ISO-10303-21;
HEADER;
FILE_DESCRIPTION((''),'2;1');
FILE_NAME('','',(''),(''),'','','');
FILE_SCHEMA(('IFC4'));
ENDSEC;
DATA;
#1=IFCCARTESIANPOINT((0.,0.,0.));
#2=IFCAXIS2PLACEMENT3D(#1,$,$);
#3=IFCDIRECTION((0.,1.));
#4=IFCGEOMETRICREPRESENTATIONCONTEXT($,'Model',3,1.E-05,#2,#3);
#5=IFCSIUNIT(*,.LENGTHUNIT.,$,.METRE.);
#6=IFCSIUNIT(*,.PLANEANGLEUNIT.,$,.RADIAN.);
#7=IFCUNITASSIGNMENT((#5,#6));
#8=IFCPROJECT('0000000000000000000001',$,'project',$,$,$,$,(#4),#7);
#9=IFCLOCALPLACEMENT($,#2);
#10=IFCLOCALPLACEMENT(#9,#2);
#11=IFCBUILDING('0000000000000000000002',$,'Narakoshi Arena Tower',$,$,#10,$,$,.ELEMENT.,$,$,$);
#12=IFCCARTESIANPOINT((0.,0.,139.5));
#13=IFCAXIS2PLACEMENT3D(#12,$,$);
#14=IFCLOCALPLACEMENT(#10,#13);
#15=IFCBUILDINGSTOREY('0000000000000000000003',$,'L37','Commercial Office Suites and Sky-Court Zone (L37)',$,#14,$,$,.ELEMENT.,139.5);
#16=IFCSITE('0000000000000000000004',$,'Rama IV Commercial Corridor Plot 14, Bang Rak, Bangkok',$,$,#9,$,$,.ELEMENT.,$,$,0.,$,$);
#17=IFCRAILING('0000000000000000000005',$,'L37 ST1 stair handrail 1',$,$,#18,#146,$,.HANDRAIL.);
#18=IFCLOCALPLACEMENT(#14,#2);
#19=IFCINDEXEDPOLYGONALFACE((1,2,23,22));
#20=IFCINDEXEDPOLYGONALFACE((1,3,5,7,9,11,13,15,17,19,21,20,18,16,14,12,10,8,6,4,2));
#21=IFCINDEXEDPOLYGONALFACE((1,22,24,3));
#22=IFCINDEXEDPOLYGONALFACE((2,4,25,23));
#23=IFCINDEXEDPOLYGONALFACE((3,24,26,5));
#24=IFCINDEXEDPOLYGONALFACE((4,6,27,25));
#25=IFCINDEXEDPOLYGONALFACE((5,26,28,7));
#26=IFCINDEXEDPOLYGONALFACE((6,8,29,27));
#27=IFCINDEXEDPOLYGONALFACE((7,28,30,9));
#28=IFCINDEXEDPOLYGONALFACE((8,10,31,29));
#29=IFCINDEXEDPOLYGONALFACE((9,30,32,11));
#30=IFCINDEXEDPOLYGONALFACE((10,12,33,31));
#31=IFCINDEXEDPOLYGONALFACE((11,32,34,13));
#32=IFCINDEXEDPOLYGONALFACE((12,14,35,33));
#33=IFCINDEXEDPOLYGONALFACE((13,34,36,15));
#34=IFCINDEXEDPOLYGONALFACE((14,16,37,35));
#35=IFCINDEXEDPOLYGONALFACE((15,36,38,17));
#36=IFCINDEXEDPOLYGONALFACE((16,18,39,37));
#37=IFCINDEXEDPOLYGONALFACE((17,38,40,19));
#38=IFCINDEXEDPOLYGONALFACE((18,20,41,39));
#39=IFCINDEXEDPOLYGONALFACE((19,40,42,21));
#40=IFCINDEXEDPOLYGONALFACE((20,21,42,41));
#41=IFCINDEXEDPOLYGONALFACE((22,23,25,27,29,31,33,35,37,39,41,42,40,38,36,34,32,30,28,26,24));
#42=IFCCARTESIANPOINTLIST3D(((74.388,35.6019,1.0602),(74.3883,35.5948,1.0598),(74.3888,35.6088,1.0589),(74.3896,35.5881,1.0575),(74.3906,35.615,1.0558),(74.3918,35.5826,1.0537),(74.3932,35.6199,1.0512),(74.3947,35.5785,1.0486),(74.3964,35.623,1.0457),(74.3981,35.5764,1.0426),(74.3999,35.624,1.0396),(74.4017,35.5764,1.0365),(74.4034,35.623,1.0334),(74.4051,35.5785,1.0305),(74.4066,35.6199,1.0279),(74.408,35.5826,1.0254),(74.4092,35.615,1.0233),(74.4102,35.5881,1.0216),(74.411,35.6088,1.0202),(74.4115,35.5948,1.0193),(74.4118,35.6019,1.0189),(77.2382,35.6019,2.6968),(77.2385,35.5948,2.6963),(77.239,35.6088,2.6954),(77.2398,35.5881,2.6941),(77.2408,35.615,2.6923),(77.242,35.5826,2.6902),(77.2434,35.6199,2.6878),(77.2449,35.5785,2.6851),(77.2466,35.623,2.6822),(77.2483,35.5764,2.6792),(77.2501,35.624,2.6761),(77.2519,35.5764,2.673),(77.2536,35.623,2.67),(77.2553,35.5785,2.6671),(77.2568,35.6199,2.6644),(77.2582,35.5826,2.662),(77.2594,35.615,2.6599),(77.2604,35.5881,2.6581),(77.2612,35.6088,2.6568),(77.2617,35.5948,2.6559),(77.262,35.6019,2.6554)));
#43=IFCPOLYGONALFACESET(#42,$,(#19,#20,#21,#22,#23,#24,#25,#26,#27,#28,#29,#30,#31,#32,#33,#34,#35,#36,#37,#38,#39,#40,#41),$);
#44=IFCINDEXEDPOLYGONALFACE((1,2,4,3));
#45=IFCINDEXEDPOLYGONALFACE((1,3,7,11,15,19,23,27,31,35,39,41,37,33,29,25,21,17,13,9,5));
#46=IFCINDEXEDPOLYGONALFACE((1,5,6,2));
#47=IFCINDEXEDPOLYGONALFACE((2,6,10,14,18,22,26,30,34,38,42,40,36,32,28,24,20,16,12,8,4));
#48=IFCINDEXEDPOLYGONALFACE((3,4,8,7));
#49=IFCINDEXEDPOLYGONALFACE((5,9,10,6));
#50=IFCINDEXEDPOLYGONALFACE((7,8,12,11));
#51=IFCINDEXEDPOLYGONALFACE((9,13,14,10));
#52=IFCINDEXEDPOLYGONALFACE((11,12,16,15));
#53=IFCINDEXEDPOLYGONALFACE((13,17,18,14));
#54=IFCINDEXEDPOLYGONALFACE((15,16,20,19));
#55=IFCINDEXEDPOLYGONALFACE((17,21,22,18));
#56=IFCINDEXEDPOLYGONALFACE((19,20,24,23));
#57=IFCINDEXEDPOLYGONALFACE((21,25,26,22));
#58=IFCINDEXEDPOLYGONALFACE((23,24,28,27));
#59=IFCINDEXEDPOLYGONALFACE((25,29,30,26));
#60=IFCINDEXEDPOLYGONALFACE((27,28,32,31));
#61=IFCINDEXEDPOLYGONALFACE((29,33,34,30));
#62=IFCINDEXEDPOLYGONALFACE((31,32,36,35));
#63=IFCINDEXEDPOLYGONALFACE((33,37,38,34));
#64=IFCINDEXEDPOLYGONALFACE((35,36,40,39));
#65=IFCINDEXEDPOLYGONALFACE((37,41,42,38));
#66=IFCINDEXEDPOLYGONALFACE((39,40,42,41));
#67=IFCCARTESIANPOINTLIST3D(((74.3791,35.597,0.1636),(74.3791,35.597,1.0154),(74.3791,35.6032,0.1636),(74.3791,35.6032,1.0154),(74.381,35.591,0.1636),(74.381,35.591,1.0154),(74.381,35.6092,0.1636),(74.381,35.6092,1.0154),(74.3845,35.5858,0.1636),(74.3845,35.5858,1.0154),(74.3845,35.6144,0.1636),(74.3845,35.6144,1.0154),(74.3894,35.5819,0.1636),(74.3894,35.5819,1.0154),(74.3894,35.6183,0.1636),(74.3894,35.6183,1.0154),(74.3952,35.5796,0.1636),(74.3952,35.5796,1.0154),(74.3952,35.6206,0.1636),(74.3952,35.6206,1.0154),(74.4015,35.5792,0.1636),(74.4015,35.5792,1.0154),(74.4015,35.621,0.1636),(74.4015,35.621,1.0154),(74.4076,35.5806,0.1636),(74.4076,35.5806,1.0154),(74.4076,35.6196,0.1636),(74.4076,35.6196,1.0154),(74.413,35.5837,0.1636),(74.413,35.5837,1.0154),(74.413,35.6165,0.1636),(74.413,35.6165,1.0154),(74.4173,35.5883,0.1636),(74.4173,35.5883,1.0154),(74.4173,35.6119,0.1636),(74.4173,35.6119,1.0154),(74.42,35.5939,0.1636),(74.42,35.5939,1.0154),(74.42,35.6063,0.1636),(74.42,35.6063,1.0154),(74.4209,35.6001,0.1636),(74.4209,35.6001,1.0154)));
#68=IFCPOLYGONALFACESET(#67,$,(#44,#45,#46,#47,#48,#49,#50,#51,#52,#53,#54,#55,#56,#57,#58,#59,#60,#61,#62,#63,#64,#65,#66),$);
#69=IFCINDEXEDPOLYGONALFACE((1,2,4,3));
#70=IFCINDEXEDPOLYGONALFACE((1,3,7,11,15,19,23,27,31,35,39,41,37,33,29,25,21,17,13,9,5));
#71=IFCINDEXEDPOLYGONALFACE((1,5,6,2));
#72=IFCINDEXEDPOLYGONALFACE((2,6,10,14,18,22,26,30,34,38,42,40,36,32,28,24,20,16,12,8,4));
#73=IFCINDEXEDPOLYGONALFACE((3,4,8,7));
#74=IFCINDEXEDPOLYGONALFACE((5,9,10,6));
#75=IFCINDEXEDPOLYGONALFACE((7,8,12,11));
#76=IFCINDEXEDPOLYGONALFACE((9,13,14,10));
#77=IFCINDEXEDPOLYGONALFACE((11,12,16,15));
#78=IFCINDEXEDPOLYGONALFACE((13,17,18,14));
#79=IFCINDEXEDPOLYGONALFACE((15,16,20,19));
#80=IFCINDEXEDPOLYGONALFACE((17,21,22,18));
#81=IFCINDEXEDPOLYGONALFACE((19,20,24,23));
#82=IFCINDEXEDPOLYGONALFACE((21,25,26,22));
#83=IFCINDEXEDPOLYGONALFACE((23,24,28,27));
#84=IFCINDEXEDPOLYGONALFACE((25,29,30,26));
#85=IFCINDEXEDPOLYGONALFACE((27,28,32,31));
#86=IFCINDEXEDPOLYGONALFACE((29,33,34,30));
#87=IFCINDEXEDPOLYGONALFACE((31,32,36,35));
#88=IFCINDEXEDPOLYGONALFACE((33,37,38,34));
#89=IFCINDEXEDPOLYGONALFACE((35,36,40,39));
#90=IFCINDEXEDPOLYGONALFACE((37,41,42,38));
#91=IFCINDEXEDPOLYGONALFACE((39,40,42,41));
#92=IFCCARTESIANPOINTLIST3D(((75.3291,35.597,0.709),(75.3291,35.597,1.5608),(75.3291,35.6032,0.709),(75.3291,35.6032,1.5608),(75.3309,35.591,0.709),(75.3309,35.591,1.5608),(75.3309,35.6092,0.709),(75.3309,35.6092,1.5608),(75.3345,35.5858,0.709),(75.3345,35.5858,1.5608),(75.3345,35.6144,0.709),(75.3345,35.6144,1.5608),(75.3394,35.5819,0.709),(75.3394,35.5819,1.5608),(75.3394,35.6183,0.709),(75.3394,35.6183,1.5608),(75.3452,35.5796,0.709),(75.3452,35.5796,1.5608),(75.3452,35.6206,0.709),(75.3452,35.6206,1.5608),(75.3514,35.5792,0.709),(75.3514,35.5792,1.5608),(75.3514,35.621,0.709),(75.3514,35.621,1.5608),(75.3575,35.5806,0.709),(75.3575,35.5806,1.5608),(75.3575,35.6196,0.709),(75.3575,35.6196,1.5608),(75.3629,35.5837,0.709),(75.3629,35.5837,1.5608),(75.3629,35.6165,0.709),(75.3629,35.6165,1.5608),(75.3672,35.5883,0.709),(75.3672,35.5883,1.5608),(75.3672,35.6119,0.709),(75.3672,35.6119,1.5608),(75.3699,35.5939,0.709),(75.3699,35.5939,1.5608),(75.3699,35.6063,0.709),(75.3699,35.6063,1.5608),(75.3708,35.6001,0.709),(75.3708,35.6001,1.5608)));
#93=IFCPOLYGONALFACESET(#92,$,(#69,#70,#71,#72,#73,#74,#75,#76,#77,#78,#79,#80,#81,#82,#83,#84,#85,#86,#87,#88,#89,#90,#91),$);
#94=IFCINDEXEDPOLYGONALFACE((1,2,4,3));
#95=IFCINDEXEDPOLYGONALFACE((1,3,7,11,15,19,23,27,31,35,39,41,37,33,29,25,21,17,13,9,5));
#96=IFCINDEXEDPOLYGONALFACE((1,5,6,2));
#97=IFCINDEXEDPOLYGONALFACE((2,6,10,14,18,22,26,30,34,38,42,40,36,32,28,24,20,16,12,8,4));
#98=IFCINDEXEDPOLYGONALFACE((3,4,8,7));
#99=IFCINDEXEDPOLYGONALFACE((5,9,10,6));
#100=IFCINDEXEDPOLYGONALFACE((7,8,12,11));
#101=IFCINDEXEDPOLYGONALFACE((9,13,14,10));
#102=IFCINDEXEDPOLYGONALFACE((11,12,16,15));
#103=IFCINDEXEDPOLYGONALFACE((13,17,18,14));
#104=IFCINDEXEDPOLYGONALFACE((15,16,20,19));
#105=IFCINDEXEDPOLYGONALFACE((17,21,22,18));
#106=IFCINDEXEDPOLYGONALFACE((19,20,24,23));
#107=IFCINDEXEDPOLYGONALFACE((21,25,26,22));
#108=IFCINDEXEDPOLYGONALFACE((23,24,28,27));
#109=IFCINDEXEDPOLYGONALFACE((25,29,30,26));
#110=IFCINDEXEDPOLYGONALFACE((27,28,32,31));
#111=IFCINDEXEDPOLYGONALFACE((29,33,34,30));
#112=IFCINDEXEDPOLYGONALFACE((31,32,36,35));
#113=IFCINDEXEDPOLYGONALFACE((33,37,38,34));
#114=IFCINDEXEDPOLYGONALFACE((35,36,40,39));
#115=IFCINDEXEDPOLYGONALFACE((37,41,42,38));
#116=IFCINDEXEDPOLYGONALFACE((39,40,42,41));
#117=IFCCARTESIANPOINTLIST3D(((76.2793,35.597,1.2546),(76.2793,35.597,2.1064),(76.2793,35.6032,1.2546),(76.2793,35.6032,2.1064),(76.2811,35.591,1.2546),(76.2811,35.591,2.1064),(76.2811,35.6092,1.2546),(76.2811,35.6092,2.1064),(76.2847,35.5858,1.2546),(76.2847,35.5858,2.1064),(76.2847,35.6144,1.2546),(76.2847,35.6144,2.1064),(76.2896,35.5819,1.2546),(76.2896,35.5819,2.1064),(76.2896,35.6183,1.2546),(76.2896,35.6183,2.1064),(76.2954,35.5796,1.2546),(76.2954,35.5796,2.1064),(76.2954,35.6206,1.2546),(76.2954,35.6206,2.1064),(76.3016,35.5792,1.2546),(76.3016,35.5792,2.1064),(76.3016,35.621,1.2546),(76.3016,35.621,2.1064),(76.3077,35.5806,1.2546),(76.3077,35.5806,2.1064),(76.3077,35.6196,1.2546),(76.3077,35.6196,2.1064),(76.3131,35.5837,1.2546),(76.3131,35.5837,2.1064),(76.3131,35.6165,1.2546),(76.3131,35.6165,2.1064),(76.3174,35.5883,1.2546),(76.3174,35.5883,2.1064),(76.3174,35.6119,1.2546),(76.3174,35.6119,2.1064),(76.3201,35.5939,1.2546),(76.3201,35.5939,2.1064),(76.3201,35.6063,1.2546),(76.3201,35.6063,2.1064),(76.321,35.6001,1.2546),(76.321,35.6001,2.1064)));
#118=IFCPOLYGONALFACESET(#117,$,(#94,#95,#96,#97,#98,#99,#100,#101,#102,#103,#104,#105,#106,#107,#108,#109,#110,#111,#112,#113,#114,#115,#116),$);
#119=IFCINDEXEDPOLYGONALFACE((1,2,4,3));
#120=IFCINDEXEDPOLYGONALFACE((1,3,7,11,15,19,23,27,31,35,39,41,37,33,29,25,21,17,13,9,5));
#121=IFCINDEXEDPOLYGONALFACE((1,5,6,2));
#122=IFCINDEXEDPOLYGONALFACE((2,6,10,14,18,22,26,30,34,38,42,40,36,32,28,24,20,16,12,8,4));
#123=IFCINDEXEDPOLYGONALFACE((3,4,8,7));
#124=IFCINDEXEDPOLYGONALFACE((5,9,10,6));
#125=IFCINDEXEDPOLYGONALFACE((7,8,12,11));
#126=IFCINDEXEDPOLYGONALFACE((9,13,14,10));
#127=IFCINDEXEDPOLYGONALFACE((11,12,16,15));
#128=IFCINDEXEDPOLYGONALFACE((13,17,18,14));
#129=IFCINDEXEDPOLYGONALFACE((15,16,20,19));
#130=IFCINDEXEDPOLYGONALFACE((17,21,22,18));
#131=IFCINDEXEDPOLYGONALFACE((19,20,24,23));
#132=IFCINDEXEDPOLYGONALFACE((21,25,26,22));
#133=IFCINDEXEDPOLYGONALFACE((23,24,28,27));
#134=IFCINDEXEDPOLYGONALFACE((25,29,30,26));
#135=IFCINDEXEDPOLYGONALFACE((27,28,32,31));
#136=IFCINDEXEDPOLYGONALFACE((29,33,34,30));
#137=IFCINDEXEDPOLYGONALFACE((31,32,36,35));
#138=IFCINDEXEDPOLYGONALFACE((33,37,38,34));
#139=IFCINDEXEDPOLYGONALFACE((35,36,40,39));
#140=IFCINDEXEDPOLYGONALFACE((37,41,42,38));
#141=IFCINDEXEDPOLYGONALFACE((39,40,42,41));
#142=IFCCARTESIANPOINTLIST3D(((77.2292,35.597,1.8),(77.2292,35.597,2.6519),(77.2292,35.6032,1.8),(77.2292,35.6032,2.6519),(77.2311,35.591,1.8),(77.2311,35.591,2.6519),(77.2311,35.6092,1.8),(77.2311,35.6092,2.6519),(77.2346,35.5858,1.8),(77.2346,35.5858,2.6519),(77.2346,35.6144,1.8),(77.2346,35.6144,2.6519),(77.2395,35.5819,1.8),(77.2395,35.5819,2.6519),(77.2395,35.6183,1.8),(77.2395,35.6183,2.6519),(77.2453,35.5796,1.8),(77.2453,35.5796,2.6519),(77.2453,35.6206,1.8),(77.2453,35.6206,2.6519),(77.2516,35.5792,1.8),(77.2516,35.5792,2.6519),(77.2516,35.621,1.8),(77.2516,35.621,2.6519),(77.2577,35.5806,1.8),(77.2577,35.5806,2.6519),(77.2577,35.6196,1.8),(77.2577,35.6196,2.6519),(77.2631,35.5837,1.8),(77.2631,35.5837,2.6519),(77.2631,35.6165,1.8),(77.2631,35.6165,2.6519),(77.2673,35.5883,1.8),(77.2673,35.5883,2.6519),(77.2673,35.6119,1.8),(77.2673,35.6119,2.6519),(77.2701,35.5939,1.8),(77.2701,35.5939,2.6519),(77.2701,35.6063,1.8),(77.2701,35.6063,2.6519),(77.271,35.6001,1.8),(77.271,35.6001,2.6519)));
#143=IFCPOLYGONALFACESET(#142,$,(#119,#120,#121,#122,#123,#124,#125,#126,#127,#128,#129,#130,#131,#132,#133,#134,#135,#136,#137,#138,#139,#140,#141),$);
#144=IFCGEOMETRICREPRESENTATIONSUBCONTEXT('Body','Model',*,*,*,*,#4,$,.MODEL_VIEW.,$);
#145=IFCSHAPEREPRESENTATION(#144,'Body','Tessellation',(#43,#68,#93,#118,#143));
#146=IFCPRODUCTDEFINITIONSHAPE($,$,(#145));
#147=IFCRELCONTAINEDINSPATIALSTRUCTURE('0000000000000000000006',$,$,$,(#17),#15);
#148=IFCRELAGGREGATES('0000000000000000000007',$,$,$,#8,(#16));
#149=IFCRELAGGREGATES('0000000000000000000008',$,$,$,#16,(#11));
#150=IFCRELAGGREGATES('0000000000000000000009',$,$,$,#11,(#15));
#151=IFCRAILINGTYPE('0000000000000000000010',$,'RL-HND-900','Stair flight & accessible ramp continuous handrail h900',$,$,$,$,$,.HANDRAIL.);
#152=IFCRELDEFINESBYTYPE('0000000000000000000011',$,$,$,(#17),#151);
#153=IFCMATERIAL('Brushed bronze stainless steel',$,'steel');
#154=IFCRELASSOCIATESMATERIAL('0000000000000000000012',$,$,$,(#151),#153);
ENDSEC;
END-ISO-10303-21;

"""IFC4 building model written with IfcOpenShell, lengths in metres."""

from ifc_helpers import new_model, si_unit, direction, frame, origin, origin_2d, place, context, subcontext, project, spatial, circle, extrude, material, type_object, element, save


model = new_model("IFC4")

# Units and contexts
model_context = context("Model", 3, precision=1e-05, world=origin(), true_north=direction((0.0, 1.0)))
body_context = subcontext(model_context, "Body", "Model", "MODEL_VIEW")
ifc_project = project(units=[si_unit("LENGTHUNIT", "METRE"), si_unit("PLANEANGLEUNIT", "RADIAN")], contexts=[model_context])

# Site, building, storey
site_placement = place(None, origin())
site = spatial("IfcSite", under=ifc_project, at=site_placement, Name="Rama IV Commercial Corridor Plot 14, Bang Rak, Bangkok", CompositionType="ELEMENT", RefElevation=0.0)
building_placement = place(site_placement, origin())
building = spatial("IfcBuilding", under=site, at=building_placement, Name="Narakoshi Arena Tower", CompositionType="ELEMENT")
storey_placement = place(building_placement, frame((0.0, 0.0, 139.5)))
storey = spatial("IfcBuildingStorey", under=building, at=storey_placement, Name="L37", Description="Commercial Office Suites and Sky-Court Zone (L37)", CompositionType="ELEMENT", Elevation=139.5)

# Shared definitions
ifc_material_1 = material(Name="Brushed bronze stainless steel", Category="steel")

# Railing
railing_type_1 = type_object("IfcRailingType", Name="RL-HND-900", Description="Stair flight & accessible ramp continuous handrail h900", PredefinedType="HANDRAIL", material=ifc_material_1)
railing_1_placement = place(storey_placement, frame((74.3999, 35.6001, 0.1636)))
element("IfcRailing", 1, at=railing_1_placement, inside=storey, type_object=railing_type_1, Name="L37 ST1 stair handrail 1", PredefinedType="HANDRAIL", context=body_context, shape_type="SweptSolid", body=[
    extrude(circle(Radius=0.0239, at=origin_2d()), frame((0.0, 0.0, 0.876), z_axis=(0.867213, 0.0, 0.497938), x_axis=(0.0, 1.0, 0.0)), (0.0, 0.0, 1.0), 3.2866),
    extrude(circle(Radius=0.021, at=origin_2d()), origin(), (0.0, 0.0, 1.0), 0.8518),
    extrude(circle(Radius=0.021, at=origin_2d()), frame((0.95, 0.0, 0.5454)), (0.0, 0.0, 1.0), 0.8518),
    extrude(circle(Radius=0.021, at=origin_2d()), frame((1.9001, 0.0, 1.0911)), (0.0, 0.0, 1.0), 0.8518),
    extrude(circle(Radius=0.021, at=origin_2d()), frame((2.8501, 0.0, 1.6365)), (0.0, 0.0, 1.0), 0.8518),
])

save(model, "model.ifc")
